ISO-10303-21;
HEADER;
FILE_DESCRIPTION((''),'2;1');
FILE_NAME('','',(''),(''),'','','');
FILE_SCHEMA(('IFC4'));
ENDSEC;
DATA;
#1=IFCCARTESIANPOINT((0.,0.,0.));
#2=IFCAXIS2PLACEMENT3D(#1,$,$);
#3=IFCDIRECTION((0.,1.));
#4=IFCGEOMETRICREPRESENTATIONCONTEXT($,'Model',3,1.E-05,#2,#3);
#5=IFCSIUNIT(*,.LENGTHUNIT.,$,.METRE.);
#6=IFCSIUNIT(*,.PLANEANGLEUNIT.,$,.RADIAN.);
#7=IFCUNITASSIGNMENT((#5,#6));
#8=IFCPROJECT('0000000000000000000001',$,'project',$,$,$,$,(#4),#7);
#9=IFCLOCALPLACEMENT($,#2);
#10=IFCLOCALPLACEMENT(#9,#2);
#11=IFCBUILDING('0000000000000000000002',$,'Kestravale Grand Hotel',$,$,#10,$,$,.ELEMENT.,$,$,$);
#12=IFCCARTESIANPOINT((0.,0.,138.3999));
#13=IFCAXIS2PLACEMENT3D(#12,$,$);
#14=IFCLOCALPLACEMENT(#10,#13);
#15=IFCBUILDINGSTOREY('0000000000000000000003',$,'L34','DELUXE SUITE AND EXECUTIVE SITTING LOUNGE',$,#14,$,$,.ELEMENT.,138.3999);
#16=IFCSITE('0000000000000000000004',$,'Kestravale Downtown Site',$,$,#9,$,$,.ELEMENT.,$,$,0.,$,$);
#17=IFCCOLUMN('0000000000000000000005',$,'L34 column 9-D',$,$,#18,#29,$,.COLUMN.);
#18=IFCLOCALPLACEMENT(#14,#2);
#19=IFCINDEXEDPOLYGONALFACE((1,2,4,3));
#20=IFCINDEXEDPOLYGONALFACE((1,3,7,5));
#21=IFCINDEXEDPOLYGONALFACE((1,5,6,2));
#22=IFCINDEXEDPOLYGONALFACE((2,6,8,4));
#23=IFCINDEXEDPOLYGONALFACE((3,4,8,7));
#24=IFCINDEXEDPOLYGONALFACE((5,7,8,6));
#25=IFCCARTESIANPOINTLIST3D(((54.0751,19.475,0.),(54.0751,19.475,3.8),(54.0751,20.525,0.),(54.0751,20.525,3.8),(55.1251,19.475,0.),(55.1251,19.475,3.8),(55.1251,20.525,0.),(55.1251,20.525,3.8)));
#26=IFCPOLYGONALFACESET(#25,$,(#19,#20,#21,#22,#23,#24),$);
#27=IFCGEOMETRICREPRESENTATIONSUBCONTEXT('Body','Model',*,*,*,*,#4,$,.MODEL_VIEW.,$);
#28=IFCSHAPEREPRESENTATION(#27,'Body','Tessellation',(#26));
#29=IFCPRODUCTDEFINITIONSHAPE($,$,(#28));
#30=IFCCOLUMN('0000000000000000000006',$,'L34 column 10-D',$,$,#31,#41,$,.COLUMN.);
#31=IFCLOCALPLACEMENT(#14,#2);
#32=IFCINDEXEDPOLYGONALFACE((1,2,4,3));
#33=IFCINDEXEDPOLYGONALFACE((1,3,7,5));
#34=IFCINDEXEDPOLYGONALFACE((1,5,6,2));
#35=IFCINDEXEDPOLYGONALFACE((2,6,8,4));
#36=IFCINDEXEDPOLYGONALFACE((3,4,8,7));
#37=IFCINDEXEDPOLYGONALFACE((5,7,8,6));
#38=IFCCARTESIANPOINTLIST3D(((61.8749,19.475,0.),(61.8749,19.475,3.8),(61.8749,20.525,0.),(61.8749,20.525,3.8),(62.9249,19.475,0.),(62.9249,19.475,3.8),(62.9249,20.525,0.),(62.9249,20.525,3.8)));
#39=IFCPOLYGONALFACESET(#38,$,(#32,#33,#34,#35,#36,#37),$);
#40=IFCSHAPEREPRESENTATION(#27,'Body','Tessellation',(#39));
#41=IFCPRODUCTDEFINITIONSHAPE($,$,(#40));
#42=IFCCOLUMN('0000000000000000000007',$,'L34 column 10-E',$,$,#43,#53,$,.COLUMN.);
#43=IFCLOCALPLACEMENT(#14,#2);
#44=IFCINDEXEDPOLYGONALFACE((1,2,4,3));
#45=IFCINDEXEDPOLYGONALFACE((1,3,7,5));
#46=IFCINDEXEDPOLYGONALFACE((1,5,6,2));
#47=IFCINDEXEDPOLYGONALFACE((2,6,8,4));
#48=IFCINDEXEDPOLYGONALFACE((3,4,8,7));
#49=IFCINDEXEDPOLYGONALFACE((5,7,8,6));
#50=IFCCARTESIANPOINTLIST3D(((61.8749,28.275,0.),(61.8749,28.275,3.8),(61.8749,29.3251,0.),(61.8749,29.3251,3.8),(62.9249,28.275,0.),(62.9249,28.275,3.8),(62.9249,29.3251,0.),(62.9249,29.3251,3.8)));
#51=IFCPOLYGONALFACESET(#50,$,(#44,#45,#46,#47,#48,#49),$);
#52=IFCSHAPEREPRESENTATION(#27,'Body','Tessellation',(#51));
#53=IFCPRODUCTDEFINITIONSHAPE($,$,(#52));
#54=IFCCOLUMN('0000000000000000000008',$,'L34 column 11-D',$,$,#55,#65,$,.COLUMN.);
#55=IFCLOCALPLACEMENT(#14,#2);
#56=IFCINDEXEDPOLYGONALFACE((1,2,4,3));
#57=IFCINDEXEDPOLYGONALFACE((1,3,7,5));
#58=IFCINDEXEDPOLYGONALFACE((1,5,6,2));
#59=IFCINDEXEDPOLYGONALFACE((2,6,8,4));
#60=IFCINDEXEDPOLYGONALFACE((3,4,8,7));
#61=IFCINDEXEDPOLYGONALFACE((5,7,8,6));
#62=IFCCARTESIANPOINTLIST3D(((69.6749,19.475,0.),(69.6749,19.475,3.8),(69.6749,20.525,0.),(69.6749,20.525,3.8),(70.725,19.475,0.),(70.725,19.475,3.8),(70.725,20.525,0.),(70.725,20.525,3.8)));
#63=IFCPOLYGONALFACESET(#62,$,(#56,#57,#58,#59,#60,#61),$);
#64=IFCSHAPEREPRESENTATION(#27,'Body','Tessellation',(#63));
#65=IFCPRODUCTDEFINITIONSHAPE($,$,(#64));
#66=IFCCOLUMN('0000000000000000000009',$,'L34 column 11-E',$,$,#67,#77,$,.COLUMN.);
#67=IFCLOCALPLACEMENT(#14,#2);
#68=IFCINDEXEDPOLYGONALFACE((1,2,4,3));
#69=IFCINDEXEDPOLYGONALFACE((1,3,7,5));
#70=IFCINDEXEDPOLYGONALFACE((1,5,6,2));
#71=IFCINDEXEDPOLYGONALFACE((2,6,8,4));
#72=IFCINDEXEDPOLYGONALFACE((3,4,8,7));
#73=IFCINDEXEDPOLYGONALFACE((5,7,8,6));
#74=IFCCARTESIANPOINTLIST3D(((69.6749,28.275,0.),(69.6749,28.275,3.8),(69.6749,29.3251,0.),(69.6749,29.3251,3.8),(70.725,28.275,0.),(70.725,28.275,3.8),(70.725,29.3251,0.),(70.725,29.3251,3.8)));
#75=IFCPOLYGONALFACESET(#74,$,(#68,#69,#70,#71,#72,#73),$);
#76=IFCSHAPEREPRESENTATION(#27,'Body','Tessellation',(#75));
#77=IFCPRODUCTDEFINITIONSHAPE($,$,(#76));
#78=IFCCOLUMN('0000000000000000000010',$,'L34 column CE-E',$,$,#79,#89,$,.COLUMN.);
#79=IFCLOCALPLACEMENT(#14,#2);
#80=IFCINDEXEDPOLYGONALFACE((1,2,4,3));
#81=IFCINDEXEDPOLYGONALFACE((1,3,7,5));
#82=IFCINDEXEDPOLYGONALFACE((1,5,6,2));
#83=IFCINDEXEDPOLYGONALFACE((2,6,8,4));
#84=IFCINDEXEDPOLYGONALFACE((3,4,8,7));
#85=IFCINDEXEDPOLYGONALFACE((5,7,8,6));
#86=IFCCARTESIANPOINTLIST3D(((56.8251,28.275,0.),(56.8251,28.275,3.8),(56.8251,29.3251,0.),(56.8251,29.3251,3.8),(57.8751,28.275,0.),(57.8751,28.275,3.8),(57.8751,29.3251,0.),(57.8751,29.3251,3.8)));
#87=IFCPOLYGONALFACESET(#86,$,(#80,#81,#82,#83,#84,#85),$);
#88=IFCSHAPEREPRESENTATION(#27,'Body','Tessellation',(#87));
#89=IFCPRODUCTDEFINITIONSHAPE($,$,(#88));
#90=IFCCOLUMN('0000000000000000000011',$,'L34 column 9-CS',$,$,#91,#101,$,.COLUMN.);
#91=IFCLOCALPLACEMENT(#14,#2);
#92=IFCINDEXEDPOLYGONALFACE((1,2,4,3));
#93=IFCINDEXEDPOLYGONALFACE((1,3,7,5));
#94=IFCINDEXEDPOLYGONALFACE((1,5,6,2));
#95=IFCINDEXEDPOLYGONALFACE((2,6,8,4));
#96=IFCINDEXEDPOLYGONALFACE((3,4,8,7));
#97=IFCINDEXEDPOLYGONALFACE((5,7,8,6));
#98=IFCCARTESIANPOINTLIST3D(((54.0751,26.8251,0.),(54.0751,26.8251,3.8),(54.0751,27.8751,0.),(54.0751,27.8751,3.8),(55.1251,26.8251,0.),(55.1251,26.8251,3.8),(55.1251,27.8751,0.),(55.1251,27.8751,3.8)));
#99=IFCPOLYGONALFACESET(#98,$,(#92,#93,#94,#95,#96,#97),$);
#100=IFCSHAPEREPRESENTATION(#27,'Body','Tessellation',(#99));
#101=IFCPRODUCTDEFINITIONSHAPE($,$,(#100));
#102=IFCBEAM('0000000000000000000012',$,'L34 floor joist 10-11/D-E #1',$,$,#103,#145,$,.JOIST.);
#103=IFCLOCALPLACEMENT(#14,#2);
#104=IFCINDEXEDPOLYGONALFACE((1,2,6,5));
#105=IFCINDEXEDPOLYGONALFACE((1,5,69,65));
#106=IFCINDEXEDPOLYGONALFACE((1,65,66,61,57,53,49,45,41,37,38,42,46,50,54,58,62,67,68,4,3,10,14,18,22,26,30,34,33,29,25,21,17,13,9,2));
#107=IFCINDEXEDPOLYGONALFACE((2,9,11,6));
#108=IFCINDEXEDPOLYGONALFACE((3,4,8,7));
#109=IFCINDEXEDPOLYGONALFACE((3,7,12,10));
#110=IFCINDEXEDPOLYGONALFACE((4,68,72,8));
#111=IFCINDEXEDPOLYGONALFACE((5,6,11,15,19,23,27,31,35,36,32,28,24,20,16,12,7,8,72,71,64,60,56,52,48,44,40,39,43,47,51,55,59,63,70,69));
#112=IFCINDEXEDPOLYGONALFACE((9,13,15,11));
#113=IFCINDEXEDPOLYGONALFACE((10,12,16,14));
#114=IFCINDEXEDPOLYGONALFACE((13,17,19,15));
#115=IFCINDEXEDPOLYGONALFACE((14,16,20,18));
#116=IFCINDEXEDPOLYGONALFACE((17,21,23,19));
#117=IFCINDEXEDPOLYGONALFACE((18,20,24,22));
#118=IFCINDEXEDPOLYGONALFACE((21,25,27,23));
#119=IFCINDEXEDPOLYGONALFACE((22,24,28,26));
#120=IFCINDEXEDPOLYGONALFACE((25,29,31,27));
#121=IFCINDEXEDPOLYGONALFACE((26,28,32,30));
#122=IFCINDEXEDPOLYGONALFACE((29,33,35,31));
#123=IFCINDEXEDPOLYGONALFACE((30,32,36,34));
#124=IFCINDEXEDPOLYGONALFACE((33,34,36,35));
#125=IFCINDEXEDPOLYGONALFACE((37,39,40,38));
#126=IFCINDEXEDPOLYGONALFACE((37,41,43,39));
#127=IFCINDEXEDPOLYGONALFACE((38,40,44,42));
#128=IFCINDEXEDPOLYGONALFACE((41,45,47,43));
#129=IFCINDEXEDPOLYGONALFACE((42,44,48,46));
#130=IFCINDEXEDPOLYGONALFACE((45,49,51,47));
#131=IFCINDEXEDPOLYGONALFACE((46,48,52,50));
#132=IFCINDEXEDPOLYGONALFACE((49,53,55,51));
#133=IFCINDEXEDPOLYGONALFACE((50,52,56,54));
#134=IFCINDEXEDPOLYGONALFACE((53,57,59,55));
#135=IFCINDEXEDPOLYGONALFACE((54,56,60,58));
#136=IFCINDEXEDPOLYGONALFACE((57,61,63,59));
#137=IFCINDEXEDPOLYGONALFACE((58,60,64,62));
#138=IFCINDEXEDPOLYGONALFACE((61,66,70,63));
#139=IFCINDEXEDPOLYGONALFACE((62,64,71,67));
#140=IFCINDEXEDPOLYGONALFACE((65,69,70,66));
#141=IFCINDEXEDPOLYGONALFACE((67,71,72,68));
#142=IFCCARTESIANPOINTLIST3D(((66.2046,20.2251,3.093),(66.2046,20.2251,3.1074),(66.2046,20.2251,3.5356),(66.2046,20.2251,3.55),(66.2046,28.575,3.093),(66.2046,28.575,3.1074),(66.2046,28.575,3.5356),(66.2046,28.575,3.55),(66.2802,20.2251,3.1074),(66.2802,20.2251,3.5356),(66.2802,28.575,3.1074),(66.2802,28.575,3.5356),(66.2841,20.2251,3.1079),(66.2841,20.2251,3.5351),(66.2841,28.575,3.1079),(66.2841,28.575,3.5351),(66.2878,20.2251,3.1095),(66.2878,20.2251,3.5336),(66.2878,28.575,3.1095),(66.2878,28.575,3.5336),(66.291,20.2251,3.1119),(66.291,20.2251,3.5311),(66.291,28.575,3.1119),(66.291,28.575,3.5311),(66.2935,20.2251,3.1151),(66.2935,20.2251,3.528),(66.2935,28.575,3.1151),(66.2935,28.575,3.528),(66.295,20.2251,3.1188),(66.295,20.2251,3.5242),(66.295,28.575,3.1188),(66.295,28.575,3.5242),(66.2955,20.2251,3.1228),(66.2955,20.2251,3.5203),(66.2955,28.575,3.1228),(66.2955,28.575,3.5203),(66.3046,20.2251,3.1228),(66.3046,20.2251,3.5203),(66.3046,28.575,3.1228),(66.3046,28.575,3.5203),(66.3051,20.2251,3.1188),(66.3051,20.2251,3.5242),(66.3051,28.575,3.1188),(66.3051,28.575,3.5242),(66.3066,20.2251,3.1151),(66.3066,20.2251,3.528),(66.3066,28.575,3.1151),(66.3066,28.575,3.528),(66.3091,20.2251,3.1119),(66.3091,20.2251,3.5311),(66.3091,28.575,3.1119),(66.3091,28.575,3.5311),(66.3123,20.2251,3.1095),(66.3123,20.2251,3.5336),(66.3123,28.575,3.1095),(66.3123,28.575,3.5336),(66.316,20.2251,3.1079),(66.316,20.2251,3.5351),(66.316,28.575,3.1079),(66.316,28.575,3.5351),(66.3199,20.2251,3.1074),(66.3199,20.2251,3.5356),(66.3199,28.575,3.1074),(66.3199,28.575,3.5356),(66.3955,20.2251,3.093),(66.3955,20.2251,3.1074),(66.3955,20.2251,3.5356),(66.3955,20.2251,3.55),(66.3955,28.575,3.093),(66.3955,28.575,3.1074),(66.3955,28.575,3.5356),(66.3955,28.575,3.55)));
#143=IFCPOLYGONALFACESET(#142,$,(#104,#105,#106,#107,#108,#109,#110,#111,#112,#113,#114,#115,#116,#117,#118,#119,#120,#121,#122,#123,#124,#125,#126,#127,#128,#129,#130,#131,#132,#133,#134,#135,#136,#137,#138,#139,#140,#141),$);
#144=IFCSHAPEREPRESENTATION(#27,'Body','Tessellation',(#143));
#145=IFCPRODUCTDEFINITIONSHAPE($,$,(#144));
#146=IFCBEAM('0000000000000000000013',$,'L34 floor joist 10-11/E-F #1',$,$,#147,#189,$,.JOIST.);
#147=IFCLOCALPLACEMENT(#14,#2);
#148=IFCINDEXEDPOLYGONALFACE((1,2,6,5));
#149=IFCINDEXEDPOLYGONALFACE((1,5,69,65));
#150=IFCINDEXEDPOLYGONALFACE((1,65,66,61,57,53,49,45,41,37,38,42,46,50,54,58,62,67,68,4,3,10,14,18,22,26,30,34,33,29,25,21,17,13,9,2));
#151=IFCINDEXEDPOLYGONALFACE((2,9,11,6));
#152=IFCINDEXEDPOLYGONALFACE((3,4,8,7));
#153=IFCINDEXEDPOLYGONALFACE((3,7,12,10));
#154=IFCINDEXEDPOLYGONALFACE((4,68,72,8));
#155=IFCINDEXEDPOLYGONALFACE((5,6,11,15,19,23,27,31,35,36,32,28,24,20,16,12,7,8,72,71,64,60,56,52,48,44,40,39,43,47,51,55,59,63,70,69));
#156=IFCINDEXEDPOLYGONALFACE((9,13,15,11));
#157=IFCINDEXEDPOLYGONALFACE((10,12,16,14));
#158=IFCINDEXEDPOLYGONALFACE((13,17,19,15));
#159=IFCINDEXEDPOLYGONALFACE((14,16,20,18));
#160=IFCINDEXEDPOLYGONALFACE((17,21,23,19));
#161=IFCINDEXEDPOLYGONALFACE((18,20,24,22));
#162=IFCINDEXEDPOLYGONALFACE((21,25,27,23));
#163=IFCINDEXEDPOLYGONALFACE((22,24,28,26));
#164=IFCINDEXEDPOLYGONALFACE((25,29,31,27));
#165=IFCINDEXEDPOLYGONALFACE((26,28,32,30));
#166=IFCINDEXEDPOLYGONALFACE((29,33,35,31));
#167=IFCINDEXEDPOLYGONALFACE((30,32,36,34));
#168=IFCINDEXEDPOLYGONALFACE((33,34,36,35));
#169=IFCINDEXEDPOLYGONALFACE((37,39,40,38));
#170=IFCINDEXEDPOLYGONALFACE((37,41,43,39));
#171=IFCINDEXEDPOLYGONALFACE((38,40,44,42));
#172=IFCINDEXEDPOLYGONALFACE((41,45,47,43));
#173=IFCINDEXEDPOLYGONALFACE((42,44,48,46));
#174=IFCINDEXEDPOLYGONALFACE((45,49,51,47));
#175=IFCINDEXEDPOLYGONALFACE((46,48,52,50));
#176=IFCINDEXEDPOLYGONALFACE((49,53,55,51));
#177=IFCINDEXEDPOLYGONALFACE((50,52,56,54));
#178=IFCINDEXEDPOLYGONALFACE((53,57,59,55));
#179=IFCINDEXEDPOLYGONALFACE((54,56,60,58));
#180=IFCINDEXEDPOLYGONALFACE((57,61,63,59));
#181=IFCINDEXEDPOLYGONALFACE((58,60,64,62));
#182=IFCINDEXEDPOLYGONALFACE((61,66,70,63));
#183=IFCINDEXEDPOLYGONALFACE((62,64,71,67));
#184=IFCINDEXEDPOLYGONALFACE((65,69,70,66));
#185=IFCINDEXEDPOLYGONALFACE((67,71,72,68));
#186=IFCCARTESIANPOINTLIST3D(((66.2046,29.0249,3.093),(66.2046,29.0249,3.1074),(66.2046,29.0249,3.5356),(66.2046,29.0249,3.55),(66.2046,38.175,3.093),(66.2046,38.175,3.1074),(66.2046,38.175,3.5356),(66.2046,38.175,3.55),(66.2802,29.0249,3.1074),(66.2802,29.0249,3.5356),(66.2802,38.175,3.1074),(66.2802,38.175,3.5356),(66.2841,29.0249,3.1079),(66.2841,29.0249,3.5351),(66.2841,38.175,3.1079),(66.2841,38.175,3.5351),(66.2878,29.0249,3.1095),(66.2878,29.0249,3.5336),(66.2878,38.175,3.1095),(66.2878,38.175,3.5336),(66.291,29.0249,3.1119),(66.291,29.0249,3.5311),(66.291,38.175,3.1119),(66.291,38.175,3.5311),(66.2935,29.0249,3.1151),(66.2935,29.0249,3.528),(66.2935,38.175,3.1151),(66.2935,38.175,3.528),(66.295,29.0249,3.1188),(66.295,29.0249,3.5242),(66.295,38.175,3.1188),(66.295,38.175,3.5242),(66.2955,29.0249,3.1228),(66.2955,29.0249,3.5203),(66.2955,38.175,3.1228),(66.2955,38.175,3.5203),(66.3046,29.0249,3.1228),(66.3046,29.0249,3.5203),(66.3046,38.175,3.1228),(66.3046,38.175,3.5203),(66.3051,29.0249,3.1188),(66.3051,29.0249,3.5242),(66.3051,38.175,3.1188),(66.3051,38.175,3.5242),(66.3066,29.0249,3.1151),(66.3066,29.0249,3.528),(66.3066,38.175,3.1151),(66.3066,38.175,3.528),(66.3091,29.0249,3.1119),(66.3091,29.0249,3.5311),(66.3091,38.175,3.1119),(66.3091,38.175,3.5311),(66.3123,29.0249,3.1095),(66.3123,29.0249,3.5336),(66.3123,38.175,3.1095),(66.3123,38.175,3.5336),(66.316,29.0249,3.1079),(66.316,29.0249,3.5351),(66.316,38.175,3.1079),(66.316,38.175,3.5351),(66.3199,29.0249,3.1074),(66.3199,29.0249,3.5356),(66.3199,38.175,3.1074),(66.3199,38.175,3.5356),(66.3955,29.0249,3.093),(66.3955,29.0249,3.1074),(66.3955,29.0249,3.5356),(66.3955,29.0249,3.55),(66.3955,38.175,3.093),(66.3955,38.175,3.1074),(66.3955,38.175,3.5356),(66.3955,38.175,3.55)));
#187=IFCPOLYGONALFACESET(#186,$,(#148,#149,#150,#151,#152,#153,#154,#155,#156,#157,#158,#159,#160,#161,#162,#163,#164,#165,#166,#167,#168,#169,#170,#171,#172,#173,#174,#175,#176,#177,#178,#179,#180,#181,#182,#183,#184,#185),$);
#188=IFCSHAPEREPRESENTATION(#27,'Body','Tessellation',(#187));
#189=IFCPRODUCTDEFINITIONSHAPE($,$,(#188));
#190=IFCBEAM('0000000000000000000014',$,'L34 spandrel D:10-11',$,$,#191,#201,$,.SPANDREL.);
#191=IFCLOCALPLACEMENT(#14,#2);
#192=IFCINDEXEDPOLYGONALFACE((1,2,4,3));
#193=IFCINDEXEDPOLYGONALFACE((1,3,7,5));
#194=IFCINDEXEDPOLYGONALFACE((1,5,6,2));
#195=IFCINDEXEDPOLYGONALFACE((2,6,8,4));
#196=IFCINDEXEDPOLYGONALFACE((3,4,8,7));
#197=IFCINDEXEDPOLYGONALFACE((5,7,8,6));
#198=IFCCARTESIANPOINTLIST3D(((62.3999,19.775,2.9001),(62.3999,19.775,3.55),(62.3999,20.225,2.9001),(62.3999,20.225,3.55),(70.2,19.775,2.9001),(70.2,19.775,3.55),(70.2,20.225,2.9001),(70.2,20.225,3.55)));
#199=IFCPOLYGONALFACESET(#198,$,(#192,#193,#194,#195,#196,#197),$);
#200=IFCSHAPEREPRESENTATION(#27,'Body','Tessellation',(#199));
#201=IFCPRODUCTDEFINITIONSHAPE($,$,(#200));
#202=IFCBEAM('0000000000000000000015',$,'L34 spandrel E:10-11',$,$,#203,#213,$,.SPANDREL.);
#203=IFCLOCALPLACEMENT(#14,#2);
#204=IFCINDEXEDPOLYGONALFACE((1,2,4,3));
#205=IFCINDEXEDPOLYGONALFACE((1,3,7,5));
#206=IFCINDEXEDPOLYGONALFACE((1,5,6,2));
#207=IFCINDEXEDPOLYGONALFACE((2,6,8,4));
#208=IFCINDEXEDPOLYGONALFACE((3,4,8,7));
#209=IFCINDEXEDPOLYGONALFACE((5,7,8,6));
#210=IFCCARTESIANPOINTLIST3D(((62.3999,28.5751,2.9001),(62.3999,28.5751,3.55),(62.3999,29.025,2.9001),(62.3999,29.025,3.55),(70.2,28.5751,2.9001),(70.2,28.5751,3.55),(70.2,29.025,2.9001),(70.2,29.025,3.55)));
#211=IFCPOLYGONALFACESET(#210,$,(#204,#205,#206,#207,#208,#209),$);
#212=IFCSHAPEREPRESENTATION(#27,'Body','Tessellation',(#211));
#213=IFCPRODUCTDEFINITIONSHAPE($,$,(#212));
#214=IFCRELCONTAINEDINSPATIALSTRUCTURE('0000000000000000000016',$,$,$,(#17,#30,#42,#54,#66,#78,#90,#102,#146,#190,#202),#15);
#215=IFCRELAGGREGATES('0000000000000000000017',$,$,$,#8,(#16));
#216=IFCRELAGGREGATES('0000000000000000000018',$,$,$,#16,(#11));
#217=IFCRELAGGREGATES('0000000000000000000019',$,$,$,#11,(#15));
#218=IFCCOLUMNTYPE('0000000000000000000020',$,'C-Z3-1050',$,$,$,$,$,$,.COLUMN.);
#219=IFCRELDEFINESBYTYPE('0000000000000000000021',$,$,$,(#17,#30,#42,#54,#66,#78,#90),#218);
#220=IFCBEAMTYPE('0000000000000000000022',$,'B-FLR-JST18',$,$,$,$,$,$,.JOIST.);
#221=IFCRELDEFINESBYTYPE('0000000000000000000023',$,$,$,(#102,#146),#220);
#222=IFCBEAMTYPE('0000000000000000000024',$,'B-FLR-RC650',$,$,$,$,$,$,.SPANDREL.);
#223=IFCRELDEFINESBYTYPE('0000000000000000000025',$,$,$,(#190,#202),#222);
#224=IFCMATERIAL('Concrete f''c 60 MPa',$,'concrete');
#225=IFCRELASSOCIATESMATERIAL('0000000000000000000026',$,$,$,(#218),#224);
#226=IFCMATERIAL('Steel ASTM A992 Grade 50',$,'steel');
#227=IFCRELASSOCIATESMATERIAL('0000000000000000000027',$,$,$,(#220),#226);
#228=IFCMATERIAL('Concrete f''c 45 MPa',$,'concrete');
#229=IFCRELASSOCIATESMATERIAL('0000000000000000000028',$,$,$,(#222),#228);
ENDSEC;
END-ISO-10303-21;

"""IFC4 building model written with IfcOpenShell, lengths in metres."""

from ifc_helpers import new_model, si_unit, direction, frame, origin, origin_2d, place, context, subcontext, project, spatial, rectangle, i_section, extrude, material, material_profile, profile_set, type_object, element, save


model = new_model("IFC4")

# Units and contexts
model_context = context("Model", 3, precision=1e-05, world=origin(), true_north=direction((0.0, 1.0)))
body_context = subcontext(model_context, "Body", "Model", "MODEL_VIEW")
ifc_project = project(units=[si_unit("LENGTHUNIT", "METRE"), si_unit("PLANEANGLEUNIT", "RADIAN")], contexts=[model_context])

# Site, building, storey
site_placement = place(None, origin())
site = spatial("IfcSite", under=ifc_project, at=site_placement, Name="Kestravale Downtown Site", CompositionType="ELEMENT", RefElevation=0.0)
building_placement = place(site_placement, origin())
building = spatial("IfcBuilding", under=site, at=building_placement, Name="Kestravale Grand Hotel", CompositionType="ELEMENT")
storey_placement = place(building_placement, frame((0.0, 0.0, 138.3999)))
storey = spatial("IfcBuildingStorey", under=building, at=storey_placement, Name="L34", Description="DELUXE SUITE AND EXECUTIVE SITTING LOUNGE", CompositionType="ELEMENT", Elevation=138.3999)

# Columns
ifc_material_1 = material(Name="Concrete f'c 60 MPa", Category="concrete")
ifc_material_profile_1 = material_profile(ifc_material_1, rectangle(XDim=1.05, YDim=1.05, at=origin_2d()))
ifc_profile_set_1 = profile_set([ifc_material_profile_1], Name="Concrete f'c 60 MPa")
column_type = type_object("IfcColumnType", Name="C-Z3-1050", PredefinedType="COLUMN", material=ifc_profile_set_1)
for number, where, z_axis, x_axis, name in (
    (1, (54.6001, 20.0, 0.0), (0.0, 0.0, 1.0), (1.0, 0.0, 0.0), "L34 column 9-D"),
    (2, (62.3999, 20.0, 0.0), (0.0, 0.0, 1.0), (1.0, 0.0, 0.0), "L34 column 10-D"),
    (3, (62.3999, 28.8, 0.0), (0.0, 0.0, 1.0), (1.0, 0.0, 0.0), "L34 column 10-E"),
    (4, (70.2, 20.0, 0.0), (0.0, 0.0, 1.0), (1.0, 0.0, 0.0), "L34 column 11-D"),
    (5, (70.2, 28.8, 0.0), (0.0, 0.0, 1.0), (1.0, 0.0, 0.0), "L34 column 11-E"),
    (6, (57.3501, 28.8, 0.0), (0.0, 0.0, 1.0), (1.0, 0.0, 0.0), "L34 column CE-E"),
    (7, (54.6001, 27.3501, 0.0), (0.0, 0.0, 1.0), (1.0, 0.0, 0.0), "L34 column 9-CS"),
):
    element("IfcColumn", number, at=place(storey_placement, frame(where, z_axis=z_axis, x_axis=x_axis)), inside=storey, type_object=column_type, Name=name, PredefinedType="COLUMN", context=body_context, shape_type="SweptSolid", body=[
        extrude(rectangle(XDim=1.05, YDim=1.05, at=origin_2d()), origin(), (0.0, 0.0, 1.0), 3.8),
    ])

# Beams
ifc_material_2 = material(Name="Steel ASTM A992 Grade 50", Category="steel")
ifc_material_profile_2 = material_profile(ifc_material_2, i_section(OverallWidth=0.1909, OverallDepth=0.457, WebThickness=0.009, FlangeThickness=0.0144, FilletRadius=0.0154, at=origin_2d()))
ifc_profile_set_2 = profile_set([ifc_material_profile_2], Name="Steel ASTM A992 Grade 50")
beam_type_1 = type_object("IfcBeamType", Name="B-FLR-JST18", PredefinedType="JOIST", material=ifc_profile_set_2)
beam_1_placement = place(storey_placement, frame((66.3, 20.2251, 3.3215), z_axis=(0.0, 1.0, 0.0), x_axis=(-1.0, 0.0, 0.0)))
element("IfcBeam", 8, at=beam_1_placement, inside=storey, type_object=beam_type_1, Name="L34 floor joist 10-11/D-E #1", PredefinedType="JOIST", context=body_context, shape_type="SweptSolid", body=[
    extrude(i_section(OverallWidth=0.1909, OverallDepth=0.457, WebThickness=0.009, FlangeThickness=0.0144, FilletRadius=0.0154, at=origin_2d()), origin(), (0.0, 0.0, 1.0), 8.3499),
])
beam_2_placement = place(storey_placement, frame((66.3, 29.0249, 3.3215), z_axis=(0.0, 1.0, 0.0), x_axis=(-1.0, 0.0, 0.0)))
element("IfcBeam", 9, at=beam_2_placement, inside=storey, type_object=beam_type_1, Name="L34 floor joist 10-11/E-F #1", PredefinedType="JOIST", context=body_context, shape_type="SweptSolid", body=[
    extrude(i_section(OverallWidth=0.1909, OverallDepth=0.457, WebThickness=0.009, FlangeThickness=0.0144, FilletRadius=0.0154, at=origin_2d()), origin(), (0.0, 0.0, 1.0), 9.1501),
])
ifc_material_3 = material(Name="Concrete f'c 45 MPa", Category="concrete")
ifc_material_profile_3 = material_profile(ifc_material_3, rectangle(XDim=0.45, YDim=0.6499, at=origin_2d()))
ifc_profile_set_3 = profile_set([ifc_material_profile_3], Name="Concrete f'c 45 MPa")
beam_type_2 = type_object("IfcBeamType", Name="B-FLR-RC650", PredefinedType="SPANDREL", material=ifc_profile_set_3)
for number, where, z_axis, x_axis, name in (
    (10, (62.3999, 20.0, 3.2251), (1.0, 0.0, 0.0), (0.0, 1.0, 0.0), "L34 spandrel D:10-11"),
    (11, (62.3999, 28.8, 3.2251), (1.0, 0.0, 0.0), (0.0, 1.0, 0.0), "L34 spandrel E:10-11"),
):
    element("IfcBeam", number, at=place(storey_placement, frame(where, z_axis=z_axis, x_axis=x_axis)), inside=storey, type_object=beam_type_2, Name=name, PredefinedType="SPANDREL", context=body_context, shape_type="SweptSolid", body=[
        extrude(rectangle(XDim=0.45, YDim=0.6499, at=origin_2d()), origin(), (0.0, 0.0, 1.0), 7.8),
    ])

save(model, "model.ifc")
